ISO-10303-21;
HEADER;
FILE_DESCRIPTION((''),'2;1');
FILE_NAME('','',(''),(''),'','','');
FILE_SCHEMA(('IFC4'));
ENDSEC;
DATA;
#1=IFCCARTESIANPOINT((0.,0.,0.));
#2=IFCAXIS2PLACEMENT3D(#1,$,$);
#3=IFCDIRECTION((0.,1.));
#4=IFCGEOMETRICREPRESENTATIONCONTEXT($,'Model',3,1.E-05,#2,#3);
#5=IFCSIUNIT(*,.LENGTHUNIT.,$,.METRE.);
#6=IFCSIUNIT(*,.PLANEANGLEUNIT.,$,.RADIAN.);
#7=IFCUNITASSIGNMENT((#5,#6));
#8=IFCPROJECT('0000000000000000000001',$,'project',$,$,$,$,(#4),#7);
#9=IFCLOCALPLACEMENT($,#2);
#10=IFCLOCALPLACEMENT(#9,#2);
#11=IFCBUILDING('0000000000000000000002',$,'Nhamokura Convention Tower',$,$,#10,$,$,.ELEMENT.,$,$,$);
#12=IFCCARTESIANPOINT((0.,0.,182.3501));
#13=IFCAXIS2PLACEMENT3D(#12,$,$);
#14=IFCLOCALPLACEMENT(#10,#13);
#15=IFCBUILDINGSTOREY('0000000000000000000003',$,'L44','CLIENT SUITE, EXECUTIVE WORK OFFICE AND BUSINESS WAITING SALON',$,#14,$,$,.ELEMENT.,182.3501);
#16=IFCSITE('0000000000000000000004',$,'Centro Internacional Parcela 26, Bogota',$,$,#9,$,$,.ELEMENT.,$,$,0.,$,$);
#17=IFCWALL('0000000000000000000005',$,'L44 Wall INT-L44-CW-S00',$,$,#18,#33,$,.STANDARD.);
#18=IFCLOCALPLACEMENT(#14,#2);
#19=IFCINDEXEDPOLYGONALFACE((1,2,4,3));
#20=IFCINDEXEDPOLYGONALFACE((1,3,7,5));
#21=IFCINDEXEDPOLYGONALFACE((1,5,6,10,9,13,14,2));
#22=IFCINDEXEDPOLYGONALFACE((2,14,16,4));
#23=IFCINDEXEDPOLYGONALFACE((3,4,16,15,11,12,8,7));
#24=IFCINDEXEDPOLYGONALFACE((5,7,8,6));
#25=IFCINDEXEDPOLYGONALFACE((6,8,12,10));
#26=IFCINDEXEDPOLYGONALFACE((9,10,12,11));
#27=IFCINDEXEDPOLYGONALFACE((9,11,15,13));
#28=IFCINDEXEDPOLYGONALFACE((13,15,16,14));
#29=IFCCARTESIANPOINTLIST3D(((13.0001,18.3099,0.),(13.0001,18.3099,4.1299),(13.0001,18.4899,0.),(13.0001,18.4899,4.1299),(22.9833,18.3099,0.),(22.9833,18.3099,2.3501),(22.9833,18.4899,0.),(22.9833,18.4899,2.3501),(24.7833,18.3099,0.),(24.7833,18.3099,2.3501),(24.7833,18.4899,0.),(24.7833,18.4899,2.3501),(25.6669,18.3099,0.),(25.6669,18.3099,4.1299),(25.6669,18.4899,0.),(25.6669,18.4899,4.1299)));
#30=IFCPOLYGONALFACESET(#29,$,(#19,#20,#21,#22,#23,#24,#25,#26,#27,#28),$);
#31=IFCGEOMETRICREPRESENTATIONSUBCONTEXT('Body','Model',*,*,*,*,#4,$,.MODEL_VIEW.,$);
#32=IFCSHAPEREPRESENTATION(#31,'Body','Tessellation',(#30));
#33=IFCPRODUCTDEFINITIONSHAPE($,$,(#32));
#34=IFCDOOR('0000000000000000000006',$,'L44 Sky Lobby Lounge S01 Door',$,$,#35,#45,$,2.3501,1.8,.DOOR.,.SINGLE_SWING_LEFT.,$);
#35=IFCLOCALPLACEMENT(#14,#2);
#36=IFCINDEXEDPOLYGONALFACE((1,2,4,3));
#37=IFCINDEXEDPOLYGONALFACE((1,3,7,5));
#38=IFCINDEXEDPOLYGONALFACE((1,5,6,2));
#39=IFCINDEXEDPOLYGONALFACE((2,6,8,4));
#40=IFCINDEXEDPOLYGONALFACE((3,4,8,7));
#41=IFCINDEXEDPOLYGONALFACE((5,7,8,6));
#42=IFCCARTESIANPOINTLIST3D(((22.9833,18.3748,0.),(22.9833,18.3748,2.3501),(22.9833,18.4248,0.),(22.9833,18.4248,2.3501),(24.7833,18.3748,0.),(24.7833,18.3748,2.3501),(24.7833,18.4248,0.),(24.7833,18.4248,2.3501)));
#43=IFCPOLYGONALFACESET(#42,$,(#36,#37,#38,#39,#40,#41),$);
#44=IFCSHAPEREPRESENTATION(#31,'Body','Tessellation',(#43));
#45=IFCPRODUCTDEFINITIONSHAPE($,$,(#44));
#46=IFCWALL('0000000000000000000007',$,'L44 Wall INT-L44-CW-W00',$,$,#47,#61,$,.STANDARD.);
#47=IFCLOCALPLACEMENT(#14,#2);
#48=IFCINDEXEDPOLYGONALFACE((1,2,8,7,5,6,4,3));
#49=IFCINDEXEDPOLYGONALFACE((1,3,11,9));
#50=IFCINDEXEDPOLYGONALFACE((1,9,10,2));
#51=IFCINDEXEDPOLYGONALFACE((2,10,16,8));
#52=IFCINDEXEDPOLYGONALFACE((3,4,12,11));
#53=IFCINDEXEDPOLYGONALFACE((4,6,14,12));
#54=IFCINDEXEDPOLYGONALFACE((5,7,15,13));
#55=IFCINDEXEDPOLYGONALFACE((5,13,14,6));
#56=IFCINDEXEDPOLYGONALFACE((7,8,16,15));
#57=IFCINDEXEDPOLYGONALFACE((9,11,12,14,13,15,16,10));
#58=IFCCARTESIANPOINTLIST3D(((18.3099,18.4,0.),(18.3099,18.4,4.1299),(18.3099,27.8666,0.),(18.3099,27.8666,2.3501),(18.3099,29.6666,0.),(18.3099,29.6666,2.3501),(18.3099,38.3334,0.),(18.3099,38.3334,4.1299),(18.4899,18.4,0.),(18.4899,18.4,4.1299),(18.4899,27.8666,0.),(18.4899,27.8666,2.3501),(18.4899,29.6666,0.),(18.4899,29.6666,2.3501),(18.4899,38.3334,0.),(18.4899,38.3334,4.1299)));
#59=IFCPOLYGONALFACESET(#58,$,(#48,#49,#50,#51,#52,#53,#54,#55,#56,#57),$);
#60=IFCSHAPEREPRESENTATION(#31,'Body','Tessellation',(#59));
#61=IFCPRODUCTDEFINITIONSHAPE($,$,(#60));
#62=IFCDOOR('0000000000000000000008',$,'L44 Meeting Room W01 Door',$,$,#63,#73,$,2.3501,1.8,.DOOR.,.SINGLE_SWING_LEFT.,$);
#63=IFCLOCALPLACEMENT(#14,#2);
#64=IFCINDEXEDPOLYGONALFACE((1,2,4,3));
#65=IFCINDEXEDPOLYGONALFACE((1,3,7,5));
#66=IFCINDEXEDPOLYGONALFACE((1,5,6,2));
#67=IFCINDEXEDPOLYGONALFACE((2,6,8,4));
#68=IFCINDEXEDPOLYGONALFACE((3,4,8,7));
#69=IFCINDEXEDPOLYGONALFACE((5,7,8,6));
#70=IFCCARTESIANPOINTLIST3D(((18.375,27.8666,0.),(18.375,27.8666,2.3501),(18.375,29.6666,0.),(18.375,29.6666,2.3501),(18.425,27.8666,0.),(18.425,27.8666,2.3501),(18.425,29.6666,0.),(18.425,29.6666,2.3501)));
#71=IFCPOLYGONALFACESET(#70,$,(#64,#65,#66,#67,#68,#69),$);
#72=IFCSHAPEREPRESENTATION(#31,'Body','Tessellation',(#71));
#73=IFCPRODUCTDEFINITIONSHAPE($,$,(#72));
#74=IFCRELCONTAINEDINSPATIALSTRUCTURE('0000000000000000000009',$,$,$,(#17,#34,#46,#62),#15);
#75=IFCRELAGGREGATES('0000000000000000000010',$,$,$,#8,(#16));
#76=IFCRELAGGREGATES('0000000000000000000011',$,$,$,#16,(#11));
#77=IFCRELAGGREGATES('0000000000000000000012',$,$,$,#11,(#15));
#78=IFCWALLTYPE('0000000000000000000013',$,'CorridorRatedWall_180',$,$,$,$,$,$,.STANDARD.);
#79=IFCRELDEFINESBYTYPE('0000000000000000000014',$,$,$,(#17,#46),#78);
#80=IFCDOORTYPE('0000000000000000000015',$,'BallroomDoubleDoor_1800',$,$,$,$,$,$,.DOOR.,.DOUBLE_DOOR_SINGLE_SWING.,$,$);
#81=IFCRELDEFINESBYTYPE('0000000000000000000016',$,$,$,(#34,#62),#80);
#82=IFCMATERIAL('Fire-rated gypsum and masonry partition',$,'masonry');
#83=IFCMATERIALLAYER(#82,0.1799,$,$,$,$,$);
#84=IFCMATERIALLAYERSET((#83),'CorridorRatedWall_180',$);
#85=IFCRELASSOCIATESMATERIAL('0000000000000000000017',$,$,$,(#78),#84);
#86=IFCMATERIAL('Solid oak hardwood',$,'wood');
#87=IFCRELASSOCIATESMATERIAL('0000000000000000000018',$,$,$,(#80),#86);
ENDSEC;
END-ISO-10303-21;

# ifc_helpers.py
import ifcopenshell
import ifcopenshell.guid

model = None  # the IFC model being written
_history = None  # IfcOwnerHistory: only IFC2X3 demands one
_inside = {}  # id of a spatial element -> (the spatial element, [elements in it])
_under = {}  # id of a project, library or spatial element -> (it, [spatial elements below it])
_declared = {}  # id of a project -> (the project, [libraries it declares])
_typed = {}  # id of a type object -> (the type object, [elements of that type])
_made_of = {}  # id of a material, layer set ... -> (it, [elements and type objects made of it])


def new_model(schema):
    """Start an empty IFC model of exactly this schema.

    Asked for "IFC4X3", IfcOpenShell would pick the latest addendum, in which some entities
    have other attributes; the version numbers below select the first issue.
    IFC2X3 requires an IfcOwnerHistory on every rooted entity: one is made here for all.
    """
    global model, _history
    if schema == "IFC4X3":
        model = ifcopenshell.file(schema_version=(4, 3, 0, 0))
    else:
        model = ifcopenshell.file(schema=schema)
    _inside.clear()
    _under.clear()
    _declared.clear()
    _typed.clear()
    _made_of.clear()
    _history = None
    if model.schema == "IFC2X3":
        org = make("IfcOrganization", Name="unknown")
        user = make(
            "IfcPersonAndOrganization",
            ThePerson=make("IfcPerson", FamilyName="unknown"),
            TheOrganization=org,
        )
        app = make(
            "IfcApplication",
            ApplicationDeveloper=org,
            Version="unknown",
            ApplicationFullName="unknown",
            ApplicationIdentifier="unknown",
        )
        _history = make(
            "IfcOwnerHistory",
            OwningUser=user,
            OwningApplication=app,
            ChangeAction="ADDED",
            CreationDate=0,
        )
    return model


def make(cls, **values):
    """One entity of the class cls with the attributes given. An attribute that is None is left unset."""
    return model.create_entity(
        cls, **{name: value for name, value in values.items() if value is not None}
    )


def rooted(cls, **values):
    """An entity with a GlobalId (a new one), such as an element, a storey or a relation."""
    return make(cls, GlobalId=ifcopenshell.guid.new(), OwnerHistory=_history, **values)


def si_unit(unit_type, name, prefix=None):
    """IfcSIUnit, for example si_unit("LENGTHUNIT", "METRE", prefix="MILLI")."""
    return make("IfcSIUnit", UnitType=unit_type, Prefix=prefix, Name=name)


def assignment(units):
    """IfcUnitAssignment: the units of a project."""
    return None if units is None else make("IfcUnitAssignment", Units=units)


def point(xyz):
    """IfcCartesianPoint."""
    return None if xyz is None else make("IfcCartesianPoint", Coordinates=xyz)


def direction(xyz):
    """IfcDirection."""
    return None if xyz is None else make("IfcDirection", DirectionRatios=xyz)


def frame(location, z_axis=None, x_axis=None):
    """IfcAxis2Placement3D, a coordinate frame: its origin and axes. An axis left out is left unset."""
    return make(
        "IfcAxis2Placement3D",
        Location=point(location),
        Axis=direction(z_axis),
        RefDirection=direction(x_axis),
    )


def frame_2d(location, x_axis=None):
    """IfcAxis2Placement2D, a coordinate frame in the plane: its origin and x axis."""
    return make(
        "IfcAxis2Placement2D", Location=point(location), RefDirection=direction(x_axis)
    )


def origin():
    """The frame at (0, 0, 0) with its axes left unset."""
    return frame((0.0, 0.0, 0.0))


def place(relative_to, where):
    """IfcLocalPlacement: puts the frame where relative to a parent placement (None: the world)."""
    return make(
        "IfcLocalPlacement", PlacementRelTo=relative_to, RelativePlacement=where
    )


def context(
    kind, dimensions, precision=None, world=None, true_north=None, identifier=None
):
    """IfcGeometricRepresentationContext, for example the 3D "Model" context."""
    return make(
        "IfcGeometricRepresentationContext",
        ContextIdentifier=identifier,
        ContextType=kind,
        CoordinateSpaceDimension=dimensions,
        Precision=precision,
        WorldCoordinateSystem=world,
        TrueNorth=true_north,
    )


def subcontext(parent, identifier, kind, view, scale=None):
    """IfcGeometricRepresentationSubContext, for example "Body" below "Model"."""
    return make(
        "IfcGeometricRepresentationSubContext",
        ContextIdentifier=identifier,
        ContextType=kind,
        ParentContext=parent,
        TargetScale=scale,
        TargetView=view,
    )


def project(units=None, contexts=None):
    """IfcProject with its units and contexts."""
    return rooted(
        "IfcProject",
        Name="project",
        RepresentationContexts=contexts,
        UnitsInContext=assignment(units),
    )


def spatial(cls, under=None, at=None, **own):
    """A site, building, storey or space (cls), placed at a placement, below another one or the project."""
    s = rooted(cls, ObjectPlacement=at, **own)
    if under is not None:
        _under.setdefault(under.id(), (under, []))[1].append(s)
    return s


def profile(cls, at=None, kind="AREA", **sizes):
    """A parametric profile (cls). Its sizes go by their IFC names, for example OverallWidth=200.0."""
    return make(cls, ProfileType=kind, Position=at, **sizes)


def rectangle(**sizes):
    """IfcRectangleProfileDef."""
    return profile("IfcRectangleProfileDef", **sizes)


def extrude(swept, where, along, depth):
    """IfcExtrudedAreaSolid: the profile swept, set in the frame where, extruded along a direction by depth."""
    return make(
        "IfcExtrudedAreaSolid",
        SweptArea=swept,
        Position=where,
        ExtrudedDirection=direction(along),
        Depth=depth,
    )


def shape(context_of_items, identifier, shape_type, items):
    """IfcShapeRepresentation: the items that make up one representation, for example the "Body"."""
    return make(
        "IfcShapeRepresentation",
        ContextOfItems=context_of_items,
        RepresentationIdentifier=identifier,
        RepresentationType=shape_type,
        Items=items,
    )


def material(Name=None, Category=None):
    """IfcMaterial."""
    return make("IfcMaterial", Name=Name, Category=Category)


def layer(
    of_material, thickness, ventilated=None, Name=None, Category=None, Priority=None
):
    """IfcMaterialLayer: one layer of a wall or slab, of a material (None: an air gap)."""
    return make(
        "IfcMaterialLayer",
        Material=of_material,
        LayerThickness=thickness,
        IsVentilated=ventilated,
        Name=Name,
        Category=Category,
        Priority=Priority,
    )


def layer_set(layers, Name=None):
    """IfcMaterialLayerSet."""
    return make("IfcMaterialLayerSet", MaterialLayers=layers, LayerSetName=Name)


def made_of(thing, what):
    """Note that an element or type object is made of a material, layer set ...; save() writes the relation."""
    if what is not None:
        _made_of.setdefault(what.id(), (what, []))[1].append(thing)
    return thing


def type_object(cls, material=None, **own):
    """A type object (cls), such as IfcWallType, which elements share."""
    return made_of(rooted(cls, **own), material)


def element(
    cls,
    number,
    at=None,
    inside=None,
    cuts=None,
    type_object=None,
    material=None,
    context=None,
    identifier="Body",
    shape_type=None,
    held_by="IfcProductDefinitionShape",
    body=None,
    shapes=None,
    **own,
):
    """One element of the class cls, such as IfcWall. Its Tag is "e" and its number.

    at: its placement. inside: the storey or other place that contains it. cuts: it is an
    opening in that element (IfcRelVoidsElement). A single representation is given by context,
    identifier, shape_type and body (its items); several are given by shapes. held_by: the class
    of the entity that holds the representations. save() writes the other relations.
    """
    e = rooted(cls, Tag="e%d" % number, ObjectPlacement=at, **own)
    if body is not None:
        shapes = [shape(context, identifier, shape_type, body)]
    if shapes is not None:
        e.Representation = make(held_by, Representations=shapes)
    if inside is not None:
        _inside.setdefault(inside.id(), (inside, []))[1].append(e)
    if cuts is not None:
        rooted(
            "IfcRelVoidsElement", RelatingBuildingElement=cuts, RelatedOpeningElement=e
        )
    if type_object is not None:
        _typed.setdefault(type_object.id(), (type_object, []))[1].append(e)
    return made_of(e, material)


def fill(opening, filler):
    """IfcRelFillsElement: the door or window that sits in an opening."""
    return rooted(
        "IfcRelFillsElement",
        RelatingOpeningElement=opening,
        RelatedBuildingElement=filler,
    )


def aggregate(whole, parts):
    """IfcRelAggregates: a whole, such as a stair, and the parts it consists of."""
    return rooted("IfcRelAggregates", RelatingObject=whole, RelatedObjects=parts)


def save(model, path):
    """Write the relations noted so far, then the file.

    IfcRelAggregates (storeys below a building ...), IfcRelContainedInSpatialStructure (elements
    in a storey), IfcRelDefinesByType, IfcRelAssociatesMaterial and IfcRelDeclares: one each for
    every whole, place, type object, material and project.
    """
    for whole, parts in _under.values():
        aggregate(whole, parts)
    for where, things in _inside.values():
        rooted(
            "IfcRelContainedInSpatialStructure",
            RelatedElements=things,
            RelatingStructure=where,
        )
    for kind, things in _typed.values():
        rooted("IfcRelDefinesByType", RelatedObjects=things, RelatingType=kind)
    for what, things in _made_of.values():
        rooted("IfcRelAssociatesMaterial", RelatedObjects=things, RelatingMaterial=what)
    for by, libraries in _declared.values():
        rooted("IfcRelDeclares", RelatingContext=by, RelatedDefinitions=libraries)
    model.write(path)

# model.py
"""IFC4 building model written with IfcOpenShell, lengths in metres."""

from ifc_helpers import new_model, si_unit, direction, frame, frame_2d, origin, place, context, subcontext, project, spatial, rectangle, extrude, material, layer, layer_set, type_object, element, fill, save


model = new_model("IFC4")

# Units and contexts
model_context = context("Model", 3, precision=1e-05, world=origin(), true_north=direction((0.0, 1.0)))
body_context = subcontext(model_context, "Body", "Model", "MODEL_VIEW")
ifc_project = project(units=[si_unit("LENGTHUNIT", "METRE"), si_unit("PLANEANGLEUNIT", "RADIAN")], contexts=[model_context])

# Site, building, storey
site_placement = place(None, origin())
site = spatial("IfcSite", under=ifc_project, at=site_placement, Name="Centro Internacional Parcela 26, Bogota", CompositionType="ELEMENT", RefElevation=0.0)
building_placement = place(site_placement, origin())
building = spatial("IfcBuilding", under=site, at=building_placement, Name="Nhamokura Convention Tower", CompositionType="ELEMENT")
storey_placement = place(building_placement, frame((0.0, 0.0, 182.3501)))
storey = spatial("IfcBuildingStorey", under=building, at=storey_placement, Name="L44", Description="CLIENT SUITE, EXECUTIVE WORK OFFICE AND BUSINESS WAITING SALON", CompositionType="ELEMENT", Elevation=182.3501)

# Walls, openings, doors
ifc_material_1 = material(Name="Fire-rated gypsum and masonry partition", Category="masonry")
ifc_layer_1 = layer(ifc_material_1, 0.1799)
ifc_layer_set_1 = layer_set([ifc_layer_1], Name="CorridorRatedWall_180")
wall_type_1 = type_object("IfcWallType", Name="CorridorRatedWall_180", PredefinedType="STANDARD", material=ifc_layer_set_1)
wall_1_placement = place(storey_placement, frame((13.0, 18.3999, 0.0), z_axis=(0.0, 0.0, 1.0), x_axis=(1.0, 0.0, 0.0)))
wall_1 = element("IfcWall", 1, at=wall_1_placement, inside=storey, type_object=wall_type_1, Name="L44 Wall INT-L44-CW-S00", PredefinedType="STANDARD", context=body_context, shape_type="SweptSolid", body=[
    extrude(rectangle(XDim=12.6667, YDim=0.1799, at=frame_2d((6.3335, 0.0))), origin(), (0.0, 0.0, 1.0), 4.1299),
])
opening_1_placement = place(wall_1_placement, frame((9.9834, 0.0, 0.0)))
opening_1 = element("IfcOpeningElement", 2, at=opening_1_placement, cuts=wall_1, PredefinedType="OPENING", context=body_context, shape_type="SweptSolid", body=[
    extrude(rectangle(XDim=1.8, YDim=2.3501, at=frame_2d((0.8999, 1.175))), frame((0.0, 0.0999, 0.0), z_axis=(0.0, -1.0, 0.0), x_axis=(1.0, 0.0, 0.0)), (0.0, 0.0, 1.0), 0.2),
])
ifc_material_2 = material(Name="Solid oak hardwood", Category="wood")
door_type_1 = type_object("IfcDoorType", Name="BallroomDoubleDoor_1800", OperationType="DOUBLE_DOOR_SINGLE_SWING", PredefinedType="DOOR", material=ifc_material_2)
door_1_placement = place(opening_1_placement, origin())
door_1 = element("IfcDoor", 3, at=door_1_placement, inside=storey, type_object=door_type_1, Name="L44 Sky Lobby Lounge S01 Door", OperationType="SINGLE_SWING_LEFT", OverallHeight=2.3501, OverallWidth=1.8, PredefinedType="DOOR", context=body_context, shape_type="SweptSolid", body=[
    extrude(rectangle(XDim=1.8, YDim=2.3501, at=frame_2d((0.8999, 1.175))), frame((0.0, 0.0249, 0.0), z_axis=(0.0, -1.0, 0.0), x_axis=(1.0, 0.0, 0.0)), (0.0, 0.0, 1.0), 0.05),
])
fill(opening_1, door_1)
wall_2_placement = place(storey_placement, frame((18.3999, 18.3999, 0.0), z_axis=(0.0, 0.0, 1.0), x_axis=(0.0, 1.0, 0.0)))
wall_2 = element("IfcWall", 4, at=wall_2_placement, inside=storey, type_object=wall_type_1, Name="L44 Wall INT-L44-CW-W00", PredefinedType="STANDARD", context=body_context, shape_type="SweptSolid", body=[
    extrude(rectangle(XDim=19.9333, YDim=0.1799, at=frame_2d((9.9668, 0.0))), origin(), (0.0, 0.0, 1.0), 4.1299),
])
opening_2_placement = place(wall_2_placement, frame((9.4668, 0.0, 0.0)))
opening_2 = element("IfcOpeningElement", 5, at=opening_2_placement, cuts=wall_2, PredefinedType="OPENING", context=body_context, shape_type="SweptSolid", body=[
    extrude(rectangle(XDim=1.8, YDim=2.3501, at=frame_2d((0.8999, 1.175))), frame((0.0, 0.0999, 0.0), z_axis=(0.0, -1.0, 0.0), x_axis=(1.0, 0.0, 0.0)), (0.0, 0.0, 1.0), 0.2),
])
door_2_placement = place(opening_2_placement, origin())
door_2 = element("IfcDoor", 6, at=door_2_placement, inside=storey, type_object=door_type_1, Name="L44 Meeting Room W01 Door", OperationType="SINGLE_SWING_LEFT", OverallHeight=2.3501, OverallWidth=1.8, PredefinedType="DOOR", context=body_context, shape_type="SweptSolid", body=[
    extrude(rectangle(XDim=1.8, YDim=2.3501, at=frame_2d((0.8999, 1.175))), frame((0.0, 0.0249, 0.0), z_axis=(0.0, -1.0, 0.0), x_axis=(1.0, 0.0, 0.0)), (0.0, 0.0, 1.0), 0.05),
])
fill(opening_2, door_2)

save(model, "model.ifc")
